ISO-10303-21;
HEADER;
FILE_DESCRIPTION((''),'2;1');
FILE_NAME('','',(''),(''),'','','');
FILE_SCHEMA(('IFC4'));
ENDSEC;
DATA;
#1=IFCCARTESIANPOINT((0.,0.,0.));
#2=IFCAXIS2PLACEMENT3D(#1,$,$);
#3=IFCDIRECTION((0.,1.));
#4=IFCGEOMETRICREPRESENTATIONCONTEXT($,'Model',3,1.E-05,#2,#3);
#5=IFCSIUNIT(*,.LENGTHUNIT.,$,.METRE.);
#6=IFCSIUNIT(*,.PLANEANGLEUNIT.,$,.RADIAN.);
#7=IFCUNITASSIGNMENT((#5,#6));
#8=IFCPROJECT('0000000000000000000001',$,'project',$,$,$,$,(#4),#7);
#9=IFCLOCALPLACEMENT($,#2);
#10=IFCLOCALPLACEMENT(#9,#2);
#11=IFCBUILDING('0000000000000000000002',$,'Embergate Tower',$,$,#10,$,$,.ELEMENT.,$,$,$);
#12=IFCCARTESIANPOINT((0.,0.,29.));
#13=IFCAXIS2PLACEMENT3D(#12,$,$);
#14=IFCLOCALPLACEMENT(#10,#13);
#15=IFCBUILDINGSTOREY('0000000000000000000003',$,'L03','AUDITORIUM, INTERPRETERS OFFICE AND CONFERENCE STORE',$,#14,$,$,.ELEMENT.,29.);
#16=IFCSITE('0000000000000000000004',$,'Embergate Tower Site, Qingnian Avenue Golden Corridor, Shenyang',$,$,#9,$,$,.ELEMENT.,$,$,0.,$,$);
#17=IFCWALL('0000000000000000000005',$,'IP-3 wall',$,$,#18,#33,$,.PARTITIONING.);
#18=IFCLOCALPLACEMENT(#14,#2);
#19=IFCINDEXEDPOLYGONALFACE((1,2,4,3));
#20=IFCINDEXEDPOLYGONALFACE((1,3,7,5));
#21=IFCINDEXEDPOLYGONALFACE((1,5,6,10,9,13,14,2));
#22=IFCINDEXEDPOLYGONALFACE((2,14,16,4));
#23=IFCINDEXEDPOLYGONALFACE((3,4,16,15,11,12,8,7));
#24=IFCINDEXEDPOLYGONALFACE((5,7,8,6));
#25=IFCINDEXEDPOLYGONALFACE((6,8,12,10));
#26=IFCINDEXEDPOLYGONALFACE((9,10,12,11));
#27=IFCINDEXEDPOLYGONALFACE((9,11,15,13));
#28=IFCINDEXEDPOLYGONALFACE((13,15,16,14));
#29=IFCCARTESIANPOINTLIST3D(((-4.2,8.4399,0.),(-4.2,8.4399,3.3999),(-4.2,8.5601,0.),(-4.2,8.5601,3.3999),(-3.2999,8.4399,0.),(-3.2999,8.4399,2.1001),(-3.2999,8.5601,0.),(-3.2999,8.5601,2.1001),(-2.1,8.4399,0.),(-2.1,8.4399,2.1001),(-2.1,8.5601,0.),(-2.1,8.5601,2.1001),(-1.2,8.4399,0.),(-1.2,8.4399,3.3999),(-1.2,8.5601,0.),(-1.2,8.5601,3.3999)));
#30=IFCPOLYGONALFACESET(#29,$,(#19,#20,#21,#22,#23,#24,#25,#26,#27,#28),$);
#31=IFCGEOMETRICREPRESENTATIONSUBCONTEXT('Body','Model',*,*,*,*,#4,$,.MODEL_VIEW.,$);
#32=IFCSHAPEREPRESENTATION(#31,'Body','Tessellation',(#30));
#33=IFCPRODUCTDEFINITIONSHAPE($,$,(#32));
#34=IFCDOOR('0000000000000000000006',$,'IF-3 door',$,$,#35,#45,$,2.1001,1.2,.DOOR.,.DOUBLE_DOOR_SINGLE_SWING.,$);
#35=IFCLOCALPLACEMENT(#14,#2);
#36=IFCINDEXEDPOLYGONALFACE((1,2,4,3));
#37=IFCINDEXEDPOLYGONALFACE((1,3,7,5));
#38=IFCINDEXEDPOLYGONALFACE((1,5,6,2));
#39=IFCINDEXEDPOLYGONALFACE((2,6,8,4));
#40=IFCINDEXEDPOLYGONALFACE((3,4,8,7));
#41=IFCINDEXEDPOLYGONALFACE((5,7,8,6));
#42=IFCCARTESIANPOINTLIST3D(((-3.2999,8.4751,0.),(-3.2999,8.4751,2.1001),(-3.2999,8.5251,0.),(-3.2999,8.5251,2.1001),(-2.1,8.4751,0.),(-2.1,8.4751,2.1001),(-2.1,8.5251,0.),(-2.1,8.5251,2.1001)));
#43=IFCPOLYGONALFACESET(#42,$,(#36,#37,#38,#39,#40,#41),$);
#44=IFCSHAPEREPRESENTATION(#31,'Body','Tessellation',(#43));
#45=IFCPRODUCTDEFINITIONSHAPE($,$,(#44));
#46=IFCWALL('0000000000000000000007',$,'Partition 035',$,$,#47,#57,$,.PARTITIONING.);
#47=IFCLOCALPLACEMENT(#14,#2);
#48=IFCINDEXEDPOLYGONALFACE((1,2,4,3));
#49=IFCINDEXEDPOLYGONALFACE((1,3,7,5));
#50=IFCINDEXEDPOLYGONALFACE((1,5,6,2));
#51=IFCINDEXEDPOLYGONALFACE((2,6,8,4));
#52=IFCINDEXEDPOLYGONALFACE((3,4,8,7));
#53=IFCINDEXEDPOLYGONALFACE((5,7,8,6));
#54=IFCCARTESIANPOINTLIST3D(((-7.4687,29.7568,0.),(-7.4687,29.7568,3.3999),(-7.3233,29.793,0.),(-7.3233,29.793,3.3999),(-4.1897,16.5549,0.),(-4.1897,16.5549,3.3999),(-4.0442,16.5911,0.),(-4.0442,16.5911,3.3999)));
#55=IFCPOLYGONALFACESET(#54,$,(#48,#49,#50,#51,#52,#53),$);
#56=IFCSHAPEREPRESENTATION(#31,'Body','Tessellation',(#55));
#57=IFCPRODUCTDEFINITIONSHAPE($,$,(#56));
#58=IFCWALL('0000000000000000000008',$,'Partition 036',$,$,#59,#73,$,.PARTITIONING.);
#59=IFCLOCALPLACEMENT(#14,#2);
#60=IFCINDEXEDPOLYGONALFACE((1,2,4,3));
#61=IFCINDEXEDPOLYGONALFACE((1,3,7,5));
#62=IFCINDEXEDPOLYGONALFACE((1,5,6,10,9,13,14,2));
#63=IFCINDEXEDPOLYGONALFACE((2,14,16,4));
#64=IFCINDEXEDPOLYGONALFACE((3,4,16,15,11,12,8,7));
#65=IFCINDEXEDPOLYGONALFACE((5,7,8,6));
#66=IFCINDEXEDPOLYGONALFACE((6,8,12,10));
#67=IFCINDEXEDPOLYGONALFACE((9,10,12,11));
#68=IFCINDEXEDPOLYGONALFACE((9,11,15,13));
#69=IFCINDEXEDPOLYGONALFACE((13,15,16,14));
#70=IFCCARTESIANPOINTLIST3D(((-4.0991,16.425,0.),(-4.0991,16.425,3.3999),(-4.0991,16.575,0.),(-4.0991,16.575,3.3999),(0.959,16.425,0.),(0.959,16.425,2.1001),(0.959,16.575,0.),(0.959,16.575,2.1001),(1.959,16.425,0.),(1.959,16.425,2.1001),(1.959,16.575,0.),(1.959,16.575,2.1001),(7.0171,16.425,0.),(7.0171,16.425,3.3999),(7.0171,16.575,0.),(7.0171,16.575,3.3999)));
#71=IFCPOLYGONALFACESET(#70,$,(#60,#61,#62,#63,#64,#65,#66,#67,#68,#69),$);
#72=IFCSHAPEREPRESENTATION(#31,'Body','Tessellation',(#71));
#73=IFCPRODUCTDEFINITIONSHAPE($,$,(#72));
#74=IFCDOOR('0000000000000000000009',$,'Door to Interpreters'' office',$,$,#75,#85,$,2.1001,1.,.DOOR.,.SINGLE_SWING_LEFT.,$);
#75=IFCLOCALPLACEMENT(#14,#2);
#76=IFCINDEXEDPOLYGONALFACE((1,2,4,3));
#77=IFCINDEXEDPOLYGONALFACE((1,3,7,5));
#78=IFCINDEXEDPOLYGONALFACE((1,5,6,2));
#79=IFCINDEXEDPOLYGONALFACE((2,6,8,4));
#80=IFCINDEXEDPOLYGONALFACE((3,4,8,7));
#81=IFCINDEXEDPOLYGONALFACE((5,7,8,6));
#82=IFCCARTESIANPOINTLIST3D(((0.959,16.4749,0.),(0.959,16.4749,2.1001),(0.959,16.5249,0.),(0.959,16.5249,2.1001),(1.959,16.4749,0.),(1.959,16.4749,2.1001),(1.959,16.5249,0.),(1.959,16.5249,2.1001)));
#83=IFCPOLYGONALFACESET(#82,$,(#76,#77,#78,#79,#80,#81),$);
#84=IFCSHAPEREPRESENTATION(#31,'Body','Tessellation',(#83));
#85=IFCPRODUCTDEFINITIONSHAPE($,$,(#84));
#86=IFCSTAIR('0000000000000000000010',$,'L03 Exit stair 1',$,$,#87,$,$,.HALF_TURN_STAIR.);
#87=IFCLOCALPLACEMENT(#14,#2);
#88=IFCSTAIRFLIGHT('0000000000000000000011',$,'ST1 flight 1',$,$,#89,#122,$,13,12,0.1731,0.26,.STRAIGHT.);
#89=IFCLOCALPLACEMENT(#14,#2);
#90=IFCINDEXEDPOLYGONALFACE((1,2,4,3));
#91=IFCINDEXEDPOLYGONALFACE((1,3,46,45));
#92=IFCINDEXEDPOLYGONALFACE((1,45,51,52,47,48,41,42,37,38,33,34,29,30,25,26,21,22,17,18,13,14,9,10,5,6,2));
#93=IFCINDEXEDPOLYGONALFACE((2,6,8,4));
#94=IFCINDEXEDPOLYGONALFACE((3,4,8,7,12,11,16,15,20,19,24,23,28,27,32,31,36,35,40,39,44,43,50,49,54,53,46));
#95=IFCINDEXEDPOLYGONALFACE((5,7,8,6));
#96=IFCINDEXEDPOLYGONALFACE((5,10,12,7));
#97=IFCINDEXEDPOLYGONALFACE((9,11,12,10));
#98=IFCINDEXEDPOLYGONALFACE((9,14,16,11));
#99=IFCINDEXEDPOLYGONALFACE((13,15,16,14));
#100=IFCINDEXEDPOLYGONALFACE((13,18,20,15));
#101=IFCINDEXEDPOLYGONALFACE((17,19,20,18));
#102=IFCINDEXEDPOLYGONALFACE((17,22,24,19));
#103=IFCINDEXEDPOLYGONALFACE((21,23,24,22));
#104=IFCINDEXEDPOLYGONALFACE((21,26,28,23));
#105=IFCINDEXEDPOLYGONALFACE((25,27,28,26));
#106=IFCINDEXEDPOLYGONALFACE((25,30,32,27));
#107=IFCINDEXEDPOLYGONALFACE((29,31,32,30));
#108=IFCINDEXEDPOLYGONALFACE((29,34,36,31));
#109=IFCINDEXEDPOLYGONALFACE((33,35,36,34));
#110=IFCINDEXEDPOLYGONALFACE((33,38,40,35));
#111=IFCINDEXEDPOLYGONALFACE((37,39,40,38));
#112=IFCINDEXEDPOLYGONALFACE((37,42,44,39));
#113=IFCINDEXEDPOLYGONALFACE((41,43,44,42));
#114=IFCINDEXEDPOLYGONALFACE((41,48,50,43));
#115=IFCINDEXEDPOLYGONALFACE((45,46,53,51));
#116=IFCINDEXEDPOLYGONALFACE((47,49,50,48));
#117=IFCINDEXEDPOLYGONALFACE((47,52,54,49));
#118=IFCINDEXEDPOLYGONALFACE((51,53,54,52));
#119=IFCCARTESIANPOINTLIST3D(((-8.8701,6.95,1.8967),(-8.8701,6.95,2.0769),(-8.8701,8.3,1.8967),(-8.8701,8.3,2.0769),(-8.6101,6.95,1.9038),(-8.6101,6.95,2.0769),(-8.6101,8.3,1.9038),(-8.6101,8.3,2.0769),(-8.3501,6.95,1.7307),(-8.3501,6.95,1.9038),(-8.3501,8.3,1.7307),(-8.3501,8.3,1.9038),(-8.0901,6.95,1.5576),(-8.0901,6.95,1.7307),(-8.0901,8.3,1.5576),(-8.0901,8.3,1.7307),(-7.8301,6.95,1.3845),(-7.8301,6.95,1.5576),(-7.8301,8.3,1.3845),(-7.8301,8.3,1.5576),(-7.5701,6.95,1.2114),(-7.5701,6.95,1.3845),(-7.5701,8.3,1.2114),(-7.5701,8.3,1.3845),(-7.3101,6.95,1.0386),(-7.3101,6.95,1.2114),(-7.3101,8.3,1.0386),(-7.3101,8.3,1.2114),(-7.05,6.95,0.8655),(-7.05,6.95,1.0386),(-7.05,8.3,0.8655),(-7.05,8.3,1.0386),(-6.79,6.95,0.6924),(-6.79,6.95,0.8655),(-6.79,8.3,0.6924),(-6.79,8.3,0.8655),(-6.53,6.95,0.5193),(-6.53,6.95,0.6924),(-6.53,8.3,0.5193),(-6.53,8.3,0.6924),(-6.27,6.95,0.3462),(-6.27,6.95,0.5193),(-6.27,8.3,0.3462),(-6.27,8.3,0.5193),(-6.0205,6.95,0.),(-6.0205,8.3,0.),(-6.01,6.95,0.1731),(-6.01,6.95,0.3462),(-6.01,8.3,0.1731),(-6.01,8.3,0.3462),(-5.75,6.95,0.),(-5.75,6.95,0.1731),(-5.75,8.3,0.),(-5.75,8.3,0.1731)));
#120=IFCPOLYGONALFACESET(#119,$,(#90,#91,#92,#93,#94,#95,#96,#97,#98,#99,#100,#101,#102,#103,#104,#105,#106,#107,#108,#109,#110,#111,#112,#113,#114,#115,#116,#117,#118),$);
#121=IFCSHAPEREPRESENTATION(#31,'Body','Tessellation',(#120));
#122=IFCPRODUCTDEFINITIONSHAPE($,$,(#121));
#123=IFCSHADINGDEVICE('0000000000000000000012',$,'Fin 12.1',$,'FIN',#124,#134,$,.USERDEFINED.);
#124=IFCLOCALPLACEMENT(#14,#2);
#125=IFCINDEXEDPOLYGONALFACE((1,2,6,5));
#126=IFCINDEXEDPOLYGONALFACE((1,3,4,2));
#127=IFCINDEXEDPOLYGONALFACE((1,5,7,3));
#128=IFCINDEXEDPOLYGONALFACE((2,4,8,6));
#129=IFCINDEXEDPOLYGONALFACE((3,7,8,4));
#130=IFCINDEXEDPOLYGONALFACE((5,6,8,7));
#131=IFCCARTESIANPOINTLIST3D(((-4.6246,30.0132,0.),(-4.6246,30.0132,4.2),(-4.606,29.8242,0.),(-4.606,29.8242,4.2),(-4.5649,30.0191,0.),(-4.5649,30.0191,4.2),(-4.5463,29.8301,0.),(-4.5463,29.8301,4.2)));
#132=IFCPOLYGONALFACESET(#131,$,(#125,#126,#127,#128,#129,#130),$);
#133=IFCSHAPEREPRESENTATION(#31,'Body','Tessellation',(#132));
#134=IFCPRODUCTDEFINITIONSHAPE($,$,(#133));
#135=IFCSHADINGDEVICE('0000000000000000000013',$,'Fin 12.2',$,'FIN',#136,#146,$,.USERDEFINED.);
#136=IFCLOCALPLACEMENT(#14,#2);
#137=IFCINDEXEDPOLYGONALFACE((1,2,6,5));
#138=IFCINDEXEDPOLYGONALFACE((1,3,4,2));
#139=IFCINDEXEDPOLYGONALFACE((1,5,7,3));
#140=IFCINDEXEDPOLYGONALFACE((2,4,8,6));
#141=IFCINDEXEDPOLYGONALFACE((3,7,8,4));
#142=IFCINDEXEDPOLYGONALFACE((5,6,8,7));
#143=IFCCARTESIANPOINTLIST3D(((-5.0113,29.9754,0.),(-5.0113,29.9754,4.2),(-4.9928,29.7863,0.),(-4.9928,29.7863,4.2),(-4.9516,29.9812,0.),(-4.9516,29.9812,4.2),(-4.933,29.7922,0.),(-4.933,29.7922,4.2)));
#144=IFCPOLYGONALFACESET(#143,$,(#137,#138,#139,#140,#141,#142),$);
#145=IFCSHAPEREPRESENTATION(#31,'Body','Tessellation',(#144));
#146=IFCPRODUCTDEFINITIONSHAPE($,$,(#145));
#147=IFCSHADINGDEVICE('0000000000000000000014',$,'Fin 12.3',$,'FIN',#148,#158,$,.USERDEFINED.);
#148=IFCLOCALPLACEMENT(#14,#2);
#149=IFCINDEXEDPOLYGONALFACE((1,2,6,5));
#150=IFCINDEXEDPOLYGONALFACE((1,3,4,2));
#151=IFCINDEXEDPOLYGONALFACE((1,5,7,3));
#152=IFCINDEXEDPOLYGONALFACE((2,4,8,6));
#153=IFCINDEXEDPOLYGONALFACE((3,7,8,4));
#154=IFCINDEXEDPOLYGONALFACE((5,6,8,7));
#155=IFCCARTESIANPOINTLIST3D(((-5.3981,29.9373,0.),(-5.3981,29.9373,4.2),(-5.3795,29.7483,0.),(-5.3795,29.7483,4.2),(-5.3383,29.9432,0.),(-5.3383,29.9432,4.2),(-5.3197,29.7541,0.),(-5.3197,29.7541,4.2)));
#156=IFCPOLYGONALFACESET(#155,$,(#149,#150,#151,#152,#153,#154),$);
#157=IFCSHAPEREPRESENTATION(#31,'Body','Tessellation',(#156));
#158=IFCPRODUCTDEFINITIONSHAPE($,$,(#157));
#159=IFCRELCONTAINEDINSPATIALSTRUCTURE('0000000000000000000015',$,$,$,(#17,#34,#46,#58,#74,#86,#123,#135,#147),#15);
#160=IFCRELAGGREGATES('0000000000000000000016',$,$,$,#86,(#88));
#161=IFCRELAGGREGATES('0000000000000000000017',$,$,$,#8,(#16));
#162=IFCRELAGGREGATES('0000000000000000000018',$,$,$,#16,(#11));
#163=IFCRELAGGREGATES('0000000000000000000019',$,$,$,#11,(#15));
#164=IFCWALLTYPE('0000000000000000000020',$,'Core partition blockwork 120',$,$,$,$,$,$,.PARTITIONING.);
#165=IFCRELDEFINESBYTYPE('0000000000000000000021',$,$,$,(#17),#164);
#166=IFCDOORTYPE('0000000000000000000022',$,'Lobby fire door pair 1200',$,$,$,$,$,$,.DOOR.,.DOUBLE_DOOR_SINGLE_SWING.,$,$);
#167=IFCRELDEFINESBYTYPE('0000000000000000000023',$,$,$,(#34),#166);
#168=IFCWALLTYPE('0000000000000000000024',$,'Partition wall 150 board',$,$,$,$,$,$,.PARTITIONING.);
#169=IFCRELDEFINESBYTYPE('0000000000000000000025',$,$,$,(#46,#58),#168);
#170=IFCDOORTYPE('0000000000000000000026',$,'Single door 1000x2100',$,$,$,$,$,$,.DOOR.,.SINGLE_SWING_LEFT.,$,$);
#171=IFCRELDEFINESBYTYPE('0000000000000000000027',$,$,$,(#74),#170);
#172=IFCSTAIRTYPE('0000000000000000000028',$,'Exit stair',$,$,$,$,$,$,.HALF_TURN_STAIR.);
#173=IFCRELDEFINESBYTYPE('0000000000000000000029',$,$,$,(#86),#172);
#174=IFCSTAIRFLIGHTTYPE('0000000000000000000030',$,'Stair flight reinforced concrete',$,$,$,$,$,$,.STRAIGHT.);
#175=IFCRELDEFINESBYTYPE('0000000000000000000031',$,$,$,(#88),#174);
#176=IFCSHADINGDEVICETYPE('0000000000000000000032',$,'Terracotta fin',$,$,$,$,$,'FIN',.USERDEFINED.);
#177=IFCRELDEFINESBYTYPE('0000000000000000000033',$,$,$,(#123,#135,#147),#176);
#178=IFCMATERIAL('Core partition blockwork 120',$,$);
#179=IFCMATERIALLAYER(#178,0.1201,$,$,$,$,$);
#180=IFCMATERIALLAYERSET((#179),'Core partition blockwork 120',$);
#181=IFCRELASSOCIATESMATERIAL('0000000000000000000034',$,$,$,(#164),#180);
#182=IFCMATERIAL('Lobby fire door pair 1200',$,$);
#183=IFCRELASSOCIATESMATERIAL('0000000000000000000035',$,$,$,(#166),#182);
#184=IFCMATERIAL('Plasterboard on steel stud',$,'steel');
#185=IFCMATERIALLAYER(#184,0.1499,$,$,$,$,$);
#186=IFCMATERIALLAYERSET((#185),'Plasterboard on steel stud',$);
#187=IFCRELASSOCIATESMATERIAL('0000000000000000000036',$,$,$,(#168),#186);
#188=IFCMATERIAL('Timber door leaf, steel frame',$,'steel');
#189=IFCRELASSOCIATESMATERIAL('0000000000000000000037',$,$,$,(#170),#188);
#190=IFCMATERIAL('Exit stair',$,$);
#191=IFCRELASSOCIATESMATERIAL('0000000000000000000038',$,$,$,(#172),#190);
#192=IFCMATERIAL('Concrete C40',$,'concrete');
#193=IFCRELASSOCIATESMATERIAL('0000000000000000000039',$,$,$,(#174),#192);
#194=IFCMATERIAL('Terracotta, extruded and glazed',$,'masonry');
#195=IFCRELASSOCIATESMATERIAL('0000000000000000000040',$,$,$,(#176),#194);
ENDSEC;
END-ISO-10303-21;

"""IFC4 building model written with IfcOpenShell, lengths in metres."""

from ifc_helpers import new_model, si_unit, direction, frame, frame_2d, origin, origin_2d, place, context, subcontext, project, spatial, polyline, rectangle, outline, extrude, source, transform, mapped, material, layer, layer_set, material_profile, profile_set, type_object, element, fill, aggregate, save


model = new_model("IFC4")

# Units and contexts
model_context = context("Model", 3, precision=1e-05, world=origin(), true_north=direction((0.0, 1.0)))
body_context = subcontext(model_context, "Body", "Model", "MODEL_VIEW")
ifc_project = project(units=[si_unit("LENGTHUNIT", "METRE"), si_unit("PLANEANGLEUNIT", "RADIAN")], contexts=[model_context])

# Site, building, storey
site_placement = place(None, origin())
site = spatial("IfcSite", under=ifc_project, at=site_placement, Name="Embergate Tower Site, Qingnian Avenue Golden Corridor, Shenyang", CompositionType="ELEMENT", RefElevation=0.0)
building_placement = place(site_placement, origin())
building = spatial("IfcBuilding", under=site, at=building_placement, Name="Embergate Tower", CompositionType="ELEMENT")
storey_placement = place(building_placement, frame((0.0, 0.0, 29.0)))
storey = spatial("IfcBuildingStorey", under=building, at=storey_placement, Name="L03", Description="AUDITORIUM, INTERPRETERS OFFICE AND CONFERENCE STORE", CompositionType="ELEMENT", Elevation=29.0)

# Wall, opening, door
ifc_material_1 = material(Name="Core partition blockwork 120")
ifc_layer_1 = layer(ifc_material_1, 0.1201)
ifc_layer_set_1 = layer_set([ifc_layer_1], Name="Core partition blockwork 120")
wall_type_1 = type_object("IfcWallType", Name="Core partition blockwork 120", PredefinedType="PARTITIONING", material=ifc_layer_set_1)
shared_shape_1 = source(origin(), body_context, "Body", "SweptSolid", [
    extrude(rectangle(XDim=1.2, YDim=2.1001, at=frame_2d((0.6001, 1.05))), frame((0.0, 0.0249, 0.0), z_axis=(0.0, -1.0, 0.0), x_axis=(1.0, 0.0, 0.0)), (0.0, 0.0, 1.0), 0.05),
])
shared_shape_2 = source(origin(), body_context, "Body", "SweptSolid", [
    extrude(rectangle(XDim=3.0, YDim=0.1201, at=frame_2d((1.5, 0.0))), origin(), (0.0, 0.0, 1.0), 3.3999),
])
wall_1_placement = place(storey_placement, frame((-1.2, 8.5, 0.0), z_axis=(0.0, 0.0, 1.0), x_axis=(-1.0, 0.0, 0.0)))
wall_1 = element("IfcWall", 1, at=wall_1_placement, inside=storey, type_object=wall_type_1, Name="IP-3 wall", PredefinedType="PARTITIONING", context=body_context, shape_type="MappedRepresentation", body=[
    mapped(shared_shape_2, transform((0.0, 0.0, 0.0))),
])
shared_shape_3 = source(origin(), body_context, "Body", "SweptSolid", [
    extrude(rectangle(XDim=1.2, YDim=2.1001, at=frame_2d((0.6001, 1.05))), frame((0.0, 0.0701, 0.0), z_axis=(0.0, -1.0, 0.0), x_axis=(1.0, 0.0, 0.0)), (0.0, 0.0, 1.0), 0.1401),
])
opening_1_placement = place(wall_1_placement, frame((0.8999, 0.0, 0.0)))
opening_1 = element("IfcOpeningElement", 2, at=opening_1_placement, cuts=wall_1, PredefinedType="OPENING", context=body_context, shape_type="MappedRepresentation", body=[
    mapped(shared_shape_3, transform((0.0, 0.0, 0.0))),
])
ifc_material_2 = material(Name="Lobby fire door pair 1200")
door_type_1 = type_object("IfcDoorType", Name="Lobby fire door pair 1200", OperationType="DOUBLE_DOOR_SINGLE_SWING", PredefinedType="DOOR", material=ifc_material_2)
door_1_placement = place(opening_1_placement, origin())
door_1 = element("IfcDoor", 3, at=door_1_placement, inside=storey, type_object=door_type_1, Name="IF-3 door", OperationType="DOUBLE_DOOR_SINGLE_SWING", OverallHeight=2.1001, OverallWidth=1.2, PredefinedType="DOOR", context=body_context, shape_type="MappedRepresentation", body=[
    mapped(shared_shape_1, transform((0.0, 0.0, 0.0))),
])
fill(opening_1, door_1)

# Wall
ifc_material_3 = material(Name="Plasterboard on steel stud", Category="steel")
ifc_layer_2 = layer(ifc_material_3, 0.1499)
ifc_layer_set_2 = layer_set([ifc_layer_2], Name="Plasterboard on steel stud")
wall_type_2 = type_object("IfcWallType", Name="Partition wall 150 board", PredefinedType="PARTITIONING", material=ifc_layer_set_2)
shared_shape_4 = source(origin(), body_context, "Body", "SweptSolid", [
    extrude(rectangle(XDim=13.603, YDim=0.1499, at=frame_2d((6.8015, 0.0))), origin(), (0.0, 0.0, 1.0), 3.3999),
])
wall_2_placement = place(storey_placement, frame((-4.1169, 16.573, 0.0), z_axis=(0.0, 0.0, 1.0), x_axis=(-0.241053, 0.970512, 0.0)))
element("IfcWall", 4, at=wall_2_placement, inside=storey, type_object=wall_type_2, Name="Partition 035", PredefinedType="PARTITIONING", context=body_context, shape_type="MappedRepresentation", body=[
    mapped(shared_shape_4, transform((0.0, 0.0, 0.0))),
])

# Wall, opening, door
shared_shape_5 = source(origin(), body_context, "Body", "SweptSolid", [
    extrude(rectangle(XDim=11.1162, YDim=0.1499, at=frame_2d((5.5581, 0.0))), origin(), (0.0, 0.0, 1.0), 3.3999),
])
wall_3_placement = place(storey_placement, frame((-4.0991, 16.5, 0.0), z_axis=(0.0, 0.0, 1.0), x_axis=(1.0, 0.0, 0.0)))
wall_3 = element("IfcWall", 5, at=wall_3_placement, inside=storey, type_object=wall_type_2, Name="Partition 036", PredefinedType="PARTITIONING", context=body_context, shape_type="MappedRepresentation", body=[
    mapped(shared_shape_5, transform((0.0, 0.0, 0.0))),
])
shared_shape_6 = source(origin(), body_context, "Body", "SweptSolid", [
    extrude(rectangle(XDim=1.0, YDim=2.1001, at=frame_2d((0.5, 1.05))), frame((0.0, 0.085, 0.0), z_axis=(0.0, -1.0, 0.0), x_axis=(1.0, 0.0, 0.0)), (0.0, 0.0, 1.0), 0.1699),
])
opening_2_placement = place(wall_3_placement, frame((5.0581, 0.0, 0.0)))
opening_2 = element("IfcOpeningElement", 6, at=opening_2_placement, cuts=wall_3, PredefinedType="OPENING", context=body_context, shape_type="MappedRepresentation", body=[
    mapped(shared_shape_6, transform((0.0, 0.0, 0.0))),
])
ifc_material_4 = material(Name="Timber door leaf, steel frame", Category="steel")
door_type_2 = type_object("IfcDoorType", Name="Single door 1000x2100", OperationType="SINGLE_SWING_LEFT", PredefinedType="DOOR", material=ifc_material_4)
shared_shape_7 = source(origin(), body_context, "Body", "SweptSolid", [
    extrude(rectangle(XDim=1.0, YDim=2.1001, at=frame_2d((0.5, 1.05))), frame((0.0, 0.0249, 0.0), z_axis=(0.0, -1.0, 0.0), x_axis=(1.0, 0.0, 0.0)), (0.0, 0.0, 1.0), 0.05),
])
door_2_placement = place(opening_2_placement, origin())
door_2 = element("IfcDoor", 7, at=door_2_placement, inside=storey, type_object=door_type_2, Name="Door to Interpreters' office", OperationType="SINGLE_SWING_LEFT", OverallHeight=2.1001, OverallWidth=1.0, PredefinedType="DOOR", context=body_context, shape_type="MappedRepresentation", body=[
    mapped(shared_shape_7, transform((0.0, 0.0, 0.0))),
])
fill(opening_2, door_2)

# Stair, stair flight
ifc_material_5 = material(Name="Exit stair")
stair_type = type_object("IfcStairType", Name="Exit stair", PredefinedType="HALF_TURN_STAIR", material=ifc_material_5)
stair_placement = place(storey_placement, origin())
stair = element("IfcStair", 8, at=stair_placement, inside=storey, type_object=stair_type, Name="L03 Exit stair 1", PredefinedType="HALF_TURN_STAIR")
ifc_material_6 = material(Name="Concrete C40", Category="concrete")
stair_flight_type = type_object("IfcStairFlightType", Name="Stair flight reinforced concrete", PredefinedType="STRAIGHT", material=ifc_material_6)
shared_shape_8 = source(origin(), body_context, "Body", "SweptSolid", [
    extrude(outline(polyline([(0.0, 0.0), (0.0, 0.1731), (0.26, 0.1731), (0.26, 0.3462), (0.52, 0.3462), (0.52, 0.5193), (0.78, 0.5193), (0.78, 0.6924), (1.04, 0.6924), (1.04, 0.8655), (1.3, 0.8655), (1.3, 1.0386), (1.5601, 1.0386), (1.5601, 1.2114), (1.8201, 1.2114), (1.8201, 1.3845), (2.0801, 1.3845), (2.0801, 1.5576), (2.3401, 1.5576), (2.3401, 1.7307), (2.6001, 1.7307), (2.6001, 1.9038), (2.8601, 1.9038), (2.8601, 2.0769), (3.1201, 2.0769), (3.1201, 2.25), (3.1201, 1.8967), (0.2705, 0.0), (0.0, 0.0)])), frame((0.0, 0.675, 0.0), z_axis=(0.0, -1.0, 0.0), x_axis=(1.0, 0.0, 0.0)), (0.0, 0.0, 1.0), 1.3501),
])
stair_flight_placement = place(storey_placement, frame((-5.75, 7.625, 0.0), z_axis=(0.0, 0.0, 1.0), x_axis=(-1.0, 0.0, 0.0)))
stair_flight = element("IfcStairFlight", 9, at=stair_flight_placement, type_object=stair_flight_type, Name="ST1 flight 1", NumberOfRisers=13, NumberOfTreads=12, PredefinedType="STRAIGHT", RiserHeight=0.1731, TreadLength=0.26, context=body_context, shape_type="MappedRepresentation", body=[
    mapped(shared_shape_8, transform((0.0, 0.0, 0.0))),
])
aggregate(stair, [stair_flight])

# Shading devices
ifc_material_7 = material(Name="Terracotta, extruded and glazed", Category="masonry")
ifc_material_profile_1 = material_profile(ifc_material_7, rectangle(XDim=0.1899, YDim=0.0601, at=origin_2d()), Name="TC 190x60")
ifc_profile_set_1 = profile_set([ifc_material_profile_1], Name="Terracotta, extruded and glazed")
shading_device_type = type_object("IfcShadingDeviceType", Name="Terracotta fin", ElementType="FIN", PredefinedType="USERDEFINED", material=ifc_profile_set_1)
shared_shape_9 = source(origin(), body_context, "Body", "SweptSolid", [
    extrude(rectangle(XDim=0.1899, YDim=0.0601, at=origin_2d()), origin(), (0.0, 0.0, 1.0), 4.2),
])
for number, where, z_axis, x_axis, name in (
    (10, (-4.5854, 29.9216, 0.0), (0.0, 0.0, 1.0), (0.097831, -0.995203, 0.0), "Fin 12.1"),
    (11, (-4.9722, 29.8838, 0.0), (0.0, 0.0, 1.0), (0.097831, -0.995203, 0.0), "Fin 12.2"),
    (12, (-5.3589, 29.8457, 0.0), (0.0, 0.0, 1.0), (0.097831, -0.995203, 0.0), "Fin 12.3"),
):
    element("IfcShadingDevice", number, at=place(storey_placement, frame(where, z_axis=z_axis, x_axis=x_axis)), inside=storey, type_object=shading_device_type, Name=name, ObjectType="FIN", PredefinedType="USERDEFINED", context=body_context, shape_type="MappedRepresentation", body=[
        mapped(shared_shape_9, transform((0.0, 0.0, 0.0))),
    ])

save(model, "model.ifc")
